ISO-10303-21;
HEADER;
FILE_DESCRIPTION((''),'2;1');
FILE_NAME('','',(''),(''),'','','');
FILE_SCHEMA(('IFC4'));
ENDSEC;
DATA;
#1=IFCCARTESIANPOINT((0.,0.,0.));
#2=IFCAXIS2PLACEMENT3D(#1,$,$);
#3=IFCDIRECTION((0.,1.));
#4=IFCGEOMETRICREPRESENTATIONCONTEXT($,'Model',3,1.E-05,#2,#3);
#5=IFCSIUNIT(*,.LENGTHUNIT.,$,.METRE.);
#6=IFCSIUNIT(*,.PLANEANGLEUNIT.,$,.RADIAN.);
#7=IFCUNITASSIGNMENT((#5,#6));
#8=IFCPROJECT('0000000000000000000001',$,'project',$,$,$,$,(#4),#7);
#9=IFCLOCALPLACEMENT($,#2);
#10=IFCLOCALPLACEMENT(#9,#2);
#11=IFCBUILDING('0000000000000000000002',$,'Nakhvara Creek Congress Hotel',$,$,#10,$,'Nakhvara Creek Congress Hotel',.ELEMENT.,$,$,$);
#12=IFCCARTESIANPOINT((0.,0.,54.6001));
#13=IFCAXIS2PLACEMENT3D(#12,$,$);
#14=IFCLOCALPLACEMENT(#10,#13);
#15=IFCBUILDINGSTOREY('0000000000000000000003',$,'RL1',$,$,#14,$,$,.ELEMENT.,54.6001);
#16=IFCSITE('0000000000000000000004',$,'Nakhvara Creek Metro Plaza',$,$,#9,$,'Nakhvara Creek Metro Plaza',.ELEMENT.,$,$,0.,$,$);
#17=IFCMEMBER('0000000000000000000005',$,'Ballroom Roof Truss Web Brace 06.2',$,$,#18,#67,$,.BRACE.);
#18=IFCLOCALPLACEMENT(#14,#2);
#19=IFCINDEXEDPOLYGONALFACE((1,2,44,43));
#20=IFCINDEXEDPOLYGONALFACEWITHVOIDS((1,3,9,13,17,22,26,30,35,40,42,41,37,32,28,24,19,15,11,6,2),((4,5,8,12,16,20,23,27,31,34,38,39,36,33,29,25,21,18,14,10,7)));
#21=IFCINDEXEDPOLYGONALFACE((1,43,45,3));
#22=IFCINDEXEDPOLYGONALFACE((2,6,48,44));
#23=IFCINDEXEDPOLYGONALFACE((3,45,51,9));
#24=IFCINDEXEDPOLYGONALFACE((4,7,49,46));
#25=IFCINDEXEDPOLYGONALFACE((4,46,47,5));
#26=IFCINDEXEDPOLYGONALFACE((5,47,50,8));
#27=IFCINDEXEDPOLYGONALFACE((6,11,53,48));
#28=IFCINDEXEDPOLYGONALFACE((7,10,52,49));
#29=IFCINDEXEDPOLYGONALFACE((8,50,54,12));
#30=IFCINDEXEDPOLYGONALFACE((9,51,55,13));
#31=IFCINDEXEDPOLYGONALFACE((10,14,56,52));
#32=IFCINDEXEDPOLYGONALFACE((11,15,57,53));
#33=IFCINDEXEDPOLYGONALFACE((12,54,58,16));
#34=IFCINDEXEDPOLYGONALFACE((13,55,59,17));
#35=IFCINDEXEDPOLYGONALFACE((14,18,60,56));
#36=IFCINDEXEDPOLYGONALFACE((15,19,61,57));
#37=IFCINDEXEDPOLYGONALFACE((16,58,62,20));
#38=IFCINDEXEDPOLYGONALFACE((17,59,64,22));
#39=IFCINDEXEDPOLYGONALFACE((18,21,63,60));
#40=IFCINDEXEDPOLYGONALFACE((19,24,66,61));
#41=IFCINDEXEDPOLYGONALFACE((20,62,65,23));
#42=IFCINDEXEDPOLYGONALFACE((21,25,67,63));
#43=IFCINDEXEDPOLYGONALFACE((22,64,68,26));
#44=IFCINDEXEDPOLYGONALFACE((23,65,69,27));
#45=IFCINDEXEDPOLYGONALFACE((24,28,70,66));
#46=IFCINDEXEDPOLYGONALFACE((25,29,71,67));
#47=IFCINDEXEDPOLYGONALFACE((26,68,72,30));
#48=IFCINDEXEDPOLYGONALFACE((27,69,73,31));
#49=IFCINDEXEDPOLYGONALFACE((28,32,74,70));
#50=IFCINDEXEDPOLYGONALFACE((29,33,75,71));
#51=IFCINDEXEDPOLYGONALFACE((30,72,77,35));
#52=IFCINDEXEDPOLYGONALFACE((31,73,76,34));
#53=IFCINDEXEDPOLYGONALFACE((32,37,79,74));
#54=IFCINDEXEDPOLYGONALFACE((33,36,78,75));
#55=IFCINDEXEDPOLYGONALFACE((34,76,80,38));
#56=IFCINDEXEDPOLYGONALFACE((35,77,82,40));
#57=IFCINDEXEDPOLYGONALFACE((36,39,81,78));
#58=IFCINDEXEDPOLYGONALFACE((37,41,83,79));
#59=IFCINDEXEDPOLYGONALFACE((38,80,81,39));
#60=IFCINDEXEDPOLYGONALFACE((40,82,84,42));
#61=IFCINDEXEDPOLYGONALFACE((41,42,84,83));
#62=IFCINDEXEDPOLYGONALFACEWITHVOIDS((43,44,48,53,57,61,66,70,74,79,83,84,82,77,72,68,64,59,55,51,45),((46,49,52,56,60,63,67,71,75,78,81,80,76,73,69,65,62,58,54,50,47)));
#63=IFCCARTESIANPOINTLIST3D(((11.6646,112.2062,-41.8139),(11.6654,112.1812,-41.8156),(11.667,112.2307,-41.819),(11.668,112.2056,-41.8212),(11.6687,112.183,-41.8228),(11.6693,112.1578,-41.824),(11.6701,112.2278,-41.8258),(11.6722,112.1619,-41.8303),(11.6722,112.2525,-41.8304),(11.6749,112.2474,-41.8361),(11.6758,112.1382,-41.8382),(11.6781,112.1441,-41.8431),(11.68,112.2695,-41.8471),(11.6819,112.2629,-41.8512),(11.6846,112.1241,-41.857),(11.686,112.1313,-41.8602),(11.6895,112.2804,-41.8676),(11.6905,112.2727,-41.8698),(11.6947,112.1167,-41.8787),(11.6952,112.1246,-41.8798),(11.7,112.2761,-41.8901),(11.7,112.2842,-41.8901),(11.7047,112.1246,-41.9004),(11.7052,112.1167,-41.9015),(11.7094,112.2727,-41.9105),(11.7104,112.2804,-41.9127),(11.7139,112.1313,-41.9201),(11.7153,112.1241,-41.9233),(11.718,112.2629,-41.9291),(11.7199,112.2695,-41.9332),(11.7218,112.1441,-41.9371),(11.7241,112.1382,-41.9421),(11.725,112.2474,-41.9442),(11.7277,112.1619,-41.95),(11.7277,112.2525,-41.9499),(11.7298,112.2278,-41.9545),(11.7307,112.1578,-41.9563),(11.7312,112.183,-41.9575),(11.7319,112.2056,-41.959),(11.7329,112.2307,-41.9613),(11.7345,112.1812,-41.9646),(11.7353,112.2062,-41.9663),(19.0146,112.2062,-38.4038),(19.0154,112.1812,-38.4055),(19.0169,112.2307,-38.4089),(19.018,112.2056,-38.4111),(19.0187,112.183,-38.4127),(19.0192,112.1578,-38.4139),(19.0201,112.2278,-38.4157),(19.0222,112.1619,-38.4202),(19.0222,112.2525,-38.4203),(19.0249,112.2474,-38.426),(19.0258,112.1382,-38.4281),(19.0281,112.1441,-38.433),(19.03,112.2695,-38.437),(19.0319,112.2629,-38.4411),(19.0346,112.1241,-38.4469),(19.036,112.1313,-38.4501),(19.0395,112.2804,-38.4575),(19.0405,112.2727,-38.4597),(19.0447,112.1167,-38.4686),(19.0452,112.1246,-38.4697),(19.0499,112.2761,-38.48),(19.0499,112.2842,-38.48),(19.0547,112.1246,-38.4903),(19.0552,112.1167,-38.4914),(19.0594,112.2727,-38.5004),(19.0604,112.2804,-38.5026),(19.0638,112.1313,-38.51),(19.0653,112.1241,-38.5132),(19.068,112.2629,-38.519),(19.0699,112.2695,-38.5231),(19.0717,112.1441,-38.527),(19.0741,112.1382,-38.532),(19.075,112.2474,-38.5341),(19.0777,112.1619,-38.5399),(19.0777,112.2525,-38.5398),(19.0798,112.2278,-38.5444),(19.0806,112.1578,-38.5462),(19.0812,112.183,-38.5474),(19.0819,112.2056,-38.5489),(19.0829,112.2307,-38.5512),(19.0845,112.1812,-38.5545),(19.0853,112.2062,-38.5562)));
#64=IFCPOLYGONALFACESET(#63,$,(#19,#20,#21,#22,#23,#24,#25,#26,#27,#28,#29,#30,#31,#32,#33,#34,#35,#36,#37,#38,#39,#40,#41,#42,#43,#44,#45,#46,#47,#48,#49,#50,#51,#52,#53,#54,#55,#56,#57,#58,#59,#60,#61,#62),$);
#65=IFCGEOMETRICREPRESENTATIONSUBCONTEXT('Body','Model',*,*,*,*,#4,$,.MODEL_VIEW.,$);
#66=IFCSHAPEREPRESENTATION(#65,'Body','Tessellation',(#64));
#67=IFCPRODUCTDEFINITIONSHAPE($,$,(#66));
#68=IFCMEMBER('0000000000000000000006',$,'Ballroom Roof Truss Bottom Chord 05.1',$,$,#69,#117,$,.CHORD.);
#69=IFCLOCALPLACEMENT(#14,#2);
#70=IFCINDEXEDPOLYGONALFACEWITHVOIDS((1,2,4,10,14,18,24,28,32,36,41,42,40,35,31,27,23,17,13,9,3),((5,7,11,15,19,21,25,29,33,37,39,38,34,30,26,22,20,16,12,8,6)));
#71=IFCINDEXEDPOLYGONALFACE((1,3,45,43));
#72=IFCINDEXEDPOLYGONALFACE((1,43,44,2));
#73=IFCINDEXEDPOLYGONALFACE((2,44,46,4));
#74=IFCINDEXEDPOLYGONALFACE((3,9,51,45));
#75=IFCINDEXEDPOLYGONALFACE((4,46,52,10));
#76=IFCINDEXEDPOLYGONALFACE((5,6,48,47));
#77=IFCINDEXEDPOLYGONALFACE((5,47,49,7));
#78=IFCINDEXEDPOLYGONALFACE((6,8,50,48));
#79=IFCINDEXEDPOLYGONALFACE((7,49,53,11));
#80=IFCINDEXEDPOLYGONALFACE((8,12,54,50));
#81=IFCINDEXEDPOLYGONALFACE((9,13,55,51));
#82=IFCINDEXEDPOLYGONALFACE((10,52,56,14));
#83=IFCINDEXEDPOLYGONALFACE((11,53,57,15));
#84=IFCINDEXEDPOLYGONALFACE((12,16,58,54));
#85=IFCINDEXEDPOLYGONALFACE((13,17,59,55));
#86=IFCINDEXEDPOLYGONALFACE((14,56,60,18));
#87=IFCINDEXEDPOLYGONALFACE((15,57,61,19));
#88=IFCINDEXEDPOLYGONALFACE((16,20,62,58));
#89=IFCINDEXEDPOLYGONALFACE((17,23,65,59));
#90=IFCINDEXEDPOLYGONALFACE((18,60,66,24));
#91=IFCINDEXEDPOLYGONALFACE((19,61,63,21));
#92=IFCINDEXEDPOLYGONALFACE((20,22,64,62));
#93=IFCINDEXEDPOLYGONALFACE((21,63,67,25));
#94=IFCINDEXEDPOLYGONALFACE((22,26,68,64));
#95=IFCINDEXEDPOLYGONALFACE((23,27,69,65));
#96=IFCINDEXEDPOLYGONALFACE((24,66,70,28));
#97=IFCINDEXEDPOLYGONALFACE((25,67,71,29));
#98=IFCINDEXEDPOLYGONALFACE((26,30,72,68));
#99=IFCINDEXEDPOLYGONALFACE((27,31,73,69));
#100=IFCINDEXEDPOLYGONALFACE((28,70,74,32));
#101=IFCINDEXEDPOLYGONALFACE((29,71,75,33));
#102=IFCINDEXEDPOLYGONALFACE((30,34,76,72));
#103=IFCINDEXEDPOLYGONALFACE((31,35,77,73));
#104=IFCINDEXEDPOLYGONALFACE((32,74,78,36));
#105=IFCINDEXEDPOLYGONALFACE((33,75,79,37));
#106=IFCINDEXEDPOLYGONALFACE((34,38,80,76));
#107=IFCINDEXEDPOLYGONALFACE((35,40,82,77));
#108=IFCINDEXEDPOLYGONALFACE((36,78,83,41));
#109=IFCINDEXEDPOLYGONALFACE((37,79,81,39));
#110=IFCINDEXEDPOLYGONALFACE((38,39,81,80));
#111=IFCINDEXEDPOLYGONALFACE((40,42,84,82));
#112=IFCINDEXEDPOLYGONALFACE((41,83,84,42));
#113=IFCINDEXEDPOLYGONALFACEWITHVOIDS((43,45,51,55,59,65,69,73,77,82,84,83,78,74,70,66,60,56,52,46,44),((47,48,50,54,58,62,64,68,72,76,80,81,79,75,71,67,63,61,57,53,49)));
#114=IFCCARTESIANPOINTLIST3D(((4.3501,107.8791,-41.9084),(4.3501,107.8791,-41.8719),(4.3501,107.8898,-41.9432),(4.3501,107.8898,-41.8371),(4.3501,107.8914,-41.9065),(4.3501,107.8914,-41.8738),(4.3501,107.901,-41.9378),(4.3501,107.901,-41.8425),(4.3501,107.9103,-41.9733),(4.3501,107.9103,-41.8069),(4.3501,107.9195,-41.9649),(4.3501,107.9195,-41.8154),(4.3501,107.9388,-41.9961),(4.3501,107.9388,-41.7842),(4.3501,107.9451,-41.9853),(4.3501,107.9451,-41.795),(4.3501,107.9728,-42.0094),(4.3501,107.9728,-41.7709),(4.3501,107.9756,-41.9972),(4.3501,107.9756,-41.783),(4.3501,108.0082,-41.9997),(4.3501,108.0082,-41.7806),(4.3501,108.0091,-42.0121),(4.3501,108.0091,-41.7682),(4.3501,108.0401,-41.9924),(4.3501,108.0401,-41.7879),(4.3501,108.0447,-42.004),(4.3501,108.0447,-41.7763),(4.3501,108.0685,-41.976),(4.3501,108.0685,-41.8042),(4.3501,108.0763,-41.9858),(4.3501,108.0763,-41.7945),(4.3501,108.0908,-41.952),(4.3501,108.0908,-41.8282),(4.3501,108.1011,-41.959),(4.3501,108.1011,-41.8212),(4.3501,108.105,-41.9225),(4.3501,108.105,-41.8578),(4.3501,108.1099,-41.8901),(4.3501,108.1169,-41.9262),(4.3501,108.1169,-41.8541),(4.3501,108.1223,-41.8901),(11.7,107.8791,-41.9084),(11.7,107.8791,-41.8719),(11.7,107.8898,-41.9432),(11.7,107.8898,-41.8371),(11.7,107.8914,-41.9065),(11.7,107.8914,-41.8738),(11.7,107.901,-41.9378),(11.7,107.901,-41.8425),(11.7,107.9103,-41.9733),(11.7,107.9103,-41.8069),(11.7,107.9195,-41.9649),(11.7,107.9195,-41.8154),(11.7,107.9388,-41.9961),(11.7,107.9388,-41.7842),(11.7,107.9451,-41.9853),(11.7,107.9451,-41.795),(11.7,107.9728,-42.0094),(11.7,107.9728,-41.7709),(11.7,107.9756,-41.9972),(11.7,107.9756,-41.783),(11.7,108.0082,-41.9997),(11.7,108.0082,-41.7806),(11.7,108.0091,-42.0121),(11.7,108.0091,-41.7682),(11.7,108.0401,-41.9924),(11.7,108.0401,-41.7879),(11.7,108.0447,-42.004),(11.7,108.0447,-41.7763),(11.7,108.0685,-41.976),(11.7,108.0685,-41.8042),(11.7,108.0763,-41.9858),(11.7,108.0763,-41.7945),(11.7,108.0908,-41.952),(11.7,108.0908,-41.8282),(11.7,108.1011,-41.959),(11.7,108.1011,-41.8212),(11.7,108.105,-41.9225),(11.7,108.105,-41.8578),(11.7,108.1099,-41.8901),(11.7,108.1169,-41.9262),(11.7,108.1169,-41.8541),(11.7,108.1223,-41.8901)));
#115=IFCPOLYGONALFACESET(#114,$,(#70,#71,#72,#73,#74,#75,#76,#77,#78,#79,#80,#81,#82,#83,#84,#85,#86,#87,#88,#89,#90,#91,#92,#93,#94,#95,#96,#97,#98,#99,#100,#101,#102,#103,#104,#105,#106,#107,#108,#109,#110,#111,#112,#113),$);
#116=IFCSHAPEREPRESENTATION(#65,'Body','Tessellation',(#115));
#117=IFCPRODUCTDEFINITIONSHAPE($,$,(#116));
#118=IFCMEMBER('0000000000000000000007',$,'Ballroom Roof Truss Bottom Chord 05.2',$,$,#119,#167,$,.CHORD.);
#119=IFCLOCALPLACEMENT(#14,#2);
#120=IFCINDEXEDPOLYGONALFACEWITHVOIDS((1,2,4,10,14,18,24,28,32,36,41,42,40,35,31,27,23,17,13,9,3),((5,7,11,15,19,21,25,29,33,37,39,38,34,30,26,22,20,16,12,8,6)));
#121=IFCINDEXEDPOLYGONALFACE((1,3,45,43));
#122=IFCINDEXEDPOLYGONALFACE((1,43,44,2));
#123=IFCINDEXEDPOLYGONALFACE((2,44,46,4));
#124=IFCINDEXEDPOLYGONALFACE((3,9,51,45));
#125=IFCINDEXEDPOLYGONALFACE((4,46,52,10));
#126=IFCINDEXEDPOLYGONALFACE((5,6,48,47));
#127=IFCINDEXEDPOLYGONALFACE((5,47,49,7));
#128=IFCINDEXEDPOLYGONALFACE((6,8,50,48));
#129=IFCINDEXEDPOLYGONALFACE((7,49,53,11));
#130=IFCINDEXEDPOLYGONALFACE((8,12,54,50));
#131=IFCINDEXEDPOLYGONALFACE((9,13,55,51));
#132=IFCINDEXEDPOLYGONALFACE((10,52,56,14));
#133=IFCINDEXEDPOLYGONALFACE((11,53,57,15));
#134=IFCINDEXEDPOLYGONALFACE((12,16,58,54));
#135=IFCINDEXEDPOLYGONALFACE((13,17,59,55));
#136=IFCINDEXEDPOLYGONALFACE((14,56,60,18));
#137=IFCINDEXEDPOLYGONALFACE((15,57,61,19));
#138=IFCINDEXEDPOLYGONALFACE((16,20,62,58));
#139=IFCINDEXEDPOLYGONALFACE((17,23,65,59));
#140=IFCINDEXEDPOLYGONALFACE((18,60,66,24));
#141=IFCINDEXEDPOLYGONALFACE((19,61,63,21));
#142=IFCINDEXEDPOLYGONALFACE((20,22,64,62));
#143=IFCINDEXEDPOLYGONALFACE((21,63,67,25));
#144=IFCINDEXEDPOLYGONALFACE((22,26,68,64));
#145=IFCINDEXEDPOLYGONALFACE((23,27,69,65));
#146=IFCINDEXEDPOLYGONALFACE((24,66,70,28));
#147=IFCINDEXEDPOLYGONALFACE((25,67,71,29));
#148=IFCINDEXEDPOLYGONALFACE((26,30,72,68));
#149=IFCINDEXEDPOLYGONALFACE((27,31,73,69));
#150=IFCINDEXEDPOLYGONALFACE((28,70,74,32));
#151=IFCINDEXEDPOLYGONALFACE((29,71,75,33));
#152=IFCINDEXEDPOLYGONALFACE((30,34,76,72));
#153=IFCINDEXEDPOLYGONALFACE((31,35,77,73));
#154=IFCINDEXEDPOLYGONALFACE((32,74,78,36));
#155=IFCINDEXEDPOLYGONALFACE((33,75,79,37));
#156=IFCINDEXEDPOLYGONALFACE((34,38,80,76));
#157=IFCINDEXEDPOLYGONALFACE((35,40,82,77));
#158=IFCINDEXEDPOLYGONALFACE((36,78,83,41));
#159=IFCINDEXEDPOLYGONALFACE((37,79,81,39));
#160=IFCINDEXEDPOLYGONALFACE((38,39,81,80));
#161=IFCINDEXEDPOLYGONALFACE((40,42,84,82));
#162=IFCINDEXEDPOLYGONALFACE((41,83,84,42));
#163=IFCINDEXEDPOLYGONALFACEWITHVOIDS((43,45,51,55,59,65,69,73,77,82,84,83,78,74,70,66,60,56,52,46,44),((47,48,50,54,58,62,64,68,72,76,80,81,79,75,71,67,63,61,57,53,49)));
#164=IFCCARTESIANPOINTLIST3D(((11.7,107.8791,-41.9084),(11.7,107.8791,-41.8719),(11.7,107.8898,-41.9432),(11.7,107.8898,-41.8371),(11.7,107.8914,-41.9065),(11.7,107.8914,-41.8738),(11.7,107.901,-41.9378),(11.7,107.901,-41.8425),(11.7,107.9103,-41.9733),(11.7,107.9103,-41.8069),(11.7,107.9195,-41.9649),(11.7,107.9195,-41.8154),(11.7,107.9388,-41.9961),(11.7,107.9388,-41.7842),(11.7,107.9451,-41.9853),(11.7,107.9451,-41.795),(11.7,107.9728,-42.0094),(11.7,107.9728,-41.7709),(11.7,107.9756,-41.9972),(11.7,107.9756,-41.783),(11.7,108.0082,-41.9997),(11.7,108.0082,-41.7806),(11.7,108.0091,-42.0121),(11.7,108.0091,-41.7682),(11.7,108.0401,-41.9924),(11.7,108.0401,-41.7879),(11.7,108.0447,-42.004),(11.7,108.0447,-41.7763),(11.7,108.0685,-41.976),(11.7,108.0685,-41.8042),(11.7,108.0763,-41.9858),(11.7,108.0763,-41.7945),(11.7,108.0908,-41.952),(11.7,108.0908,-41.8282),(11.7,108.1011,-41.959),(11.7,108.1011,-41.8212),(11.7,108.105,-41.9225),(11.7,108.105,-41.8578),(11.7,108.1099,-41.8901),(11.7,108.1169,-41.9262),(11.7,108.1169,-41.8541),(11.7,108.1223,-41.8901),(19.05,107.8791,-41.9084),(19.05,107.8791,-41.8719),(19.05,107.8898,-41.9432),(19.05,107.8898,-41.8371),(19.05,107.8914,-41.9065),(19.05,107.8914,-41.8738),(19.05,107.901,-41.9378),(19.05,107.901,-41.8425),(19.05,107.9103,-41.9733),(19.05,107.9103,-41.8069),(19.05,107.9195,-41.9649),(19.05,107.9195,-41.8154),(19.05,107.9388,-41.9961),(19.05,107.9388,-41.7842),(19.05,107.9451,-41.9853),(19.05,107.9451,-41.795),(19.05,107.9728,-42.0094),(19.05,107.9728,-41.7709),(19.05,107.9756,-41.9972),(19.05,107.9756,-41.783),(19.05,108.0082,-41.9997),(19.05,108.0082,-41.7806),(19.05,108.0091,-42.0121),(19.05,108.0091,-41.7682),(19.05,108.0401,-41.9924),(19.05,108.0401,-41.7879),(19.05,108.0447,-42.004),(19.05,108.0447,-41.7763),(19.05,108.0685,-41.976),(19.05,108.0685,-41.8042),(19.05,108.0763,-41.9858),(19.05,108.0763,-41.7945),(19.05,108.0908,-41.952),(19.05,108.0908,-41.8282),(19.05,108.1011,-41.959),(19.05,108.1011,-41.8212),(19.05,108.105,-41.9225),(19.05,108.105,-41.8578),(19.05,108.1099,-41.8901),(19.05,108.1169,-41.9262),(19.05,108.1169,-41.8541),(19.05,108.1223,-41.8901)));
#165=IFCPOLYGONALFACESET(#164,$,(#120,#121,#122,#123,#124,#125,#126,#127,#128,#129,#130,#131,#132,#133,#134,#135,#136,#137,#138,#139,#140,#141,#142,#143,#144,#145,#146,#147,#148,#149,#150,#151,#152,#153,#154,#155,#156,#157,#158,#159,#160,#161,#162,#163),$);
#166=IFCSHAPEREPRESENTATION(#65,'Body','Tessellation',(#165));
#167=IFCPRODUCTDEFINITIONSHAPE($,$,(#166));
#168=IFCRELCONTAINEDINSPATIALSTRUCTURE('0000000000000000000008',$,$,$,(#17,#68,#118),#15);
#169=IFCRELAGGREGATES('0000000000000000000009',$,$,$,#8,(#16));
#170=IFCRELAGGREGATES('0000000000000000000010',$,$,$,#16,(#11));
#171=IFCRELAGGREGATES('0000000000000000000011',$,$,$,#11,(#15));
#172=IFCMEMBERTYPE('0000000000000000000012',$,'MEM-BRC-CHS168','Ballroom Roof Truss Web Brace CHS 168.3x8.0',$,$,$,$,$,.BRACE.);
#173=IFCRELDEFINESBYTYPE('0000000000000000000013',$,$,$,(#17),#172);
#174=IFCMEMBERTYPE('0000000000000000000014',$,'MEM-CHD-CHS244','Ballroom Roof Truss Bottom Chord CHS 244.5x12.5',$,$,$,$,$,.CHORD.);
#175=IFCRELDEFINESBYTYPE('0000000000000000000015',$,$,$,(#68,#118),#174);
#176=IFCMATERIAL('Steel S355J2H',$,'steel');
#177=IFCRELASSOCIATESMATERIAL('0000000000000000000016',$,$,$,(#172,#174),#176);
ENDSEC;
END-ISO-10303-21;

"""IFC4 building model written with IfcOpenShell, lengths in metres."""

from ifc_helpers import new_model, si_unit, direction, frame, origin, origin_2d, place, context, subcontext, project, spatial, hollow_circle, extrude, material, material_profile, profile_set, type_object, element, save


model = new_model("IFC4")

# Units and contexts
model_context = context("Model", 3, precision=1e-05, world=origin(), true_north=direction((0.0, 1.0)))
body_context = subcontext(model_context, "Body", "Model", "MODEL_VIEW")
ifc_project = project(units=[si_unit("LENGTHUNIT", "METRE"), si_unit("PLANEANGLEUNIT", "RADIAN")], contexts=[model_context])

# Site, building, storey
site_placement = place(None, origin())
site = spatial("IfcSite", under=ifc_project, at=site_placement, Name="Nakhvara Creek Metro Plaza", LongName="Nakhvara Creek Metro Plaza", CompositionType="ELEMENT", RefElevation=0.0)
building_placement = place(site_placement, origin())
building = spatial("IfcBuilding", under=site, at=building_placement, Name="Nakhvara Creek Congress Hotel", LongName="Nakhvara Creek Congress Hotel", CompositionType="ELEMENT")
storey_placement = place(building_placement, frame((0.0, 0.0, 54.6001)))
storey = spatial("IfcBuildingStorey", under=building, at=storey_placement, Name="RL1", CompositionType="ELEMENT", Elevation=54.6001)

# Members
ifc_material_1 = material(Name="Steel S355J2H", Category="steel")
ifc_material_profile_1 = material_profile(ifc_material_1, hollow_circle(Radius=0.0842, WallThickness=0.0081, at=origin_2d()), Name="CHS 168.3x8.0", Category="LoadBearing")
ifc_profile_set_1 = profile_set([ifc_material_profile_1], Name="Steel S355J2H")
member_type_1 = type_object("IfcMemberType", Name="MEM-BRC-CHS168", Description="Ballroom Roof Truss Web Brace CHS 168.3x8.0", PredefinedType="BRACE", material=ifc_profile_set_1)
member_1_placement = place(storey_placement, frame((11.7, 112.2, -41.8901), z_axis=(0.907122, 0.0, 0.420869), x_axis=(0.0, 1.0, 0.0)))
element("IfcMember", 1, at=member_1_placement, inside=storey, type_object=member_type_1, Name="Ballroom Roof Truss Web Brace 06.2", PredefinedType="BRACE", context=body_context, shape_type="SweptSolid", body=[
    extrude(hollow_circle(Radius=0.0842, WallThickness=0.0081, at=origin_2d()), origin(), (0.0, 0.0, 1.0), 8.1025),
])
ifc_material_profile_2 = material_profile(ifc_material_1, hollow_circle(Radius=0.1223, WallThickness=0.0125, at=origin_2d()), Name="CHS 244.5x12.5", Category="LoadBearing")
ifc_profile_set_2 = profile_set([ifc_material_profile_2], Name="Steel S355J2H")
member_type_2 = type_object("IfcMemberType", Name="MEM-CHD-CHS244", Description="Ballroom Roof Truss Bottom Chord CHS 244.5x12.5", PredefinedType="CHORD", material=ifc_profile_set_2)
member_2_placement = place(storey_placement, frame((4.3501, 108.0, -41.8901), z_axis=(1.0, 0.0, 0.0), x_axis=(0.0, 1.0, 0.0)))
element("IfcMember", 2, at=member_2_placement, inside=storey, type_object=member_type_2, Name="Ballroom Roof Truss Bottom Chord 05.1", PredefinedType="CHORD", context=body_context, shape_type="SweptSolid", body=[
    extrude(hollow_circle(Radius=0.1223, WallThickness=0.0125, at=origin_2d()), origin(), (0.0, 0.0, 1.0), 7.3499),
])
member_3_placement = place(storey_placement, frame((11.7, 108.0, -41.8901), z_axis=(1.0, 0.0, 0.0), x_axis=(0.0, 1.0, 0.0)))
element("IfcMember", 3, at=member_3_placement, inside=storey, type_object=member_type_2, Name="Ballroom Roof Truss Bottom Chord 05.2", PredefinedType="CHORD", context=body_context, shape_type="SweptSolid", body=[
    extrude(hollow_circle(Radius=0.1223, WallThickness=0.0125, at=origin_2d()), origin(), (0.0, 0.0, 1.0), 7.3501),
])

save(model, "model.ifc")
